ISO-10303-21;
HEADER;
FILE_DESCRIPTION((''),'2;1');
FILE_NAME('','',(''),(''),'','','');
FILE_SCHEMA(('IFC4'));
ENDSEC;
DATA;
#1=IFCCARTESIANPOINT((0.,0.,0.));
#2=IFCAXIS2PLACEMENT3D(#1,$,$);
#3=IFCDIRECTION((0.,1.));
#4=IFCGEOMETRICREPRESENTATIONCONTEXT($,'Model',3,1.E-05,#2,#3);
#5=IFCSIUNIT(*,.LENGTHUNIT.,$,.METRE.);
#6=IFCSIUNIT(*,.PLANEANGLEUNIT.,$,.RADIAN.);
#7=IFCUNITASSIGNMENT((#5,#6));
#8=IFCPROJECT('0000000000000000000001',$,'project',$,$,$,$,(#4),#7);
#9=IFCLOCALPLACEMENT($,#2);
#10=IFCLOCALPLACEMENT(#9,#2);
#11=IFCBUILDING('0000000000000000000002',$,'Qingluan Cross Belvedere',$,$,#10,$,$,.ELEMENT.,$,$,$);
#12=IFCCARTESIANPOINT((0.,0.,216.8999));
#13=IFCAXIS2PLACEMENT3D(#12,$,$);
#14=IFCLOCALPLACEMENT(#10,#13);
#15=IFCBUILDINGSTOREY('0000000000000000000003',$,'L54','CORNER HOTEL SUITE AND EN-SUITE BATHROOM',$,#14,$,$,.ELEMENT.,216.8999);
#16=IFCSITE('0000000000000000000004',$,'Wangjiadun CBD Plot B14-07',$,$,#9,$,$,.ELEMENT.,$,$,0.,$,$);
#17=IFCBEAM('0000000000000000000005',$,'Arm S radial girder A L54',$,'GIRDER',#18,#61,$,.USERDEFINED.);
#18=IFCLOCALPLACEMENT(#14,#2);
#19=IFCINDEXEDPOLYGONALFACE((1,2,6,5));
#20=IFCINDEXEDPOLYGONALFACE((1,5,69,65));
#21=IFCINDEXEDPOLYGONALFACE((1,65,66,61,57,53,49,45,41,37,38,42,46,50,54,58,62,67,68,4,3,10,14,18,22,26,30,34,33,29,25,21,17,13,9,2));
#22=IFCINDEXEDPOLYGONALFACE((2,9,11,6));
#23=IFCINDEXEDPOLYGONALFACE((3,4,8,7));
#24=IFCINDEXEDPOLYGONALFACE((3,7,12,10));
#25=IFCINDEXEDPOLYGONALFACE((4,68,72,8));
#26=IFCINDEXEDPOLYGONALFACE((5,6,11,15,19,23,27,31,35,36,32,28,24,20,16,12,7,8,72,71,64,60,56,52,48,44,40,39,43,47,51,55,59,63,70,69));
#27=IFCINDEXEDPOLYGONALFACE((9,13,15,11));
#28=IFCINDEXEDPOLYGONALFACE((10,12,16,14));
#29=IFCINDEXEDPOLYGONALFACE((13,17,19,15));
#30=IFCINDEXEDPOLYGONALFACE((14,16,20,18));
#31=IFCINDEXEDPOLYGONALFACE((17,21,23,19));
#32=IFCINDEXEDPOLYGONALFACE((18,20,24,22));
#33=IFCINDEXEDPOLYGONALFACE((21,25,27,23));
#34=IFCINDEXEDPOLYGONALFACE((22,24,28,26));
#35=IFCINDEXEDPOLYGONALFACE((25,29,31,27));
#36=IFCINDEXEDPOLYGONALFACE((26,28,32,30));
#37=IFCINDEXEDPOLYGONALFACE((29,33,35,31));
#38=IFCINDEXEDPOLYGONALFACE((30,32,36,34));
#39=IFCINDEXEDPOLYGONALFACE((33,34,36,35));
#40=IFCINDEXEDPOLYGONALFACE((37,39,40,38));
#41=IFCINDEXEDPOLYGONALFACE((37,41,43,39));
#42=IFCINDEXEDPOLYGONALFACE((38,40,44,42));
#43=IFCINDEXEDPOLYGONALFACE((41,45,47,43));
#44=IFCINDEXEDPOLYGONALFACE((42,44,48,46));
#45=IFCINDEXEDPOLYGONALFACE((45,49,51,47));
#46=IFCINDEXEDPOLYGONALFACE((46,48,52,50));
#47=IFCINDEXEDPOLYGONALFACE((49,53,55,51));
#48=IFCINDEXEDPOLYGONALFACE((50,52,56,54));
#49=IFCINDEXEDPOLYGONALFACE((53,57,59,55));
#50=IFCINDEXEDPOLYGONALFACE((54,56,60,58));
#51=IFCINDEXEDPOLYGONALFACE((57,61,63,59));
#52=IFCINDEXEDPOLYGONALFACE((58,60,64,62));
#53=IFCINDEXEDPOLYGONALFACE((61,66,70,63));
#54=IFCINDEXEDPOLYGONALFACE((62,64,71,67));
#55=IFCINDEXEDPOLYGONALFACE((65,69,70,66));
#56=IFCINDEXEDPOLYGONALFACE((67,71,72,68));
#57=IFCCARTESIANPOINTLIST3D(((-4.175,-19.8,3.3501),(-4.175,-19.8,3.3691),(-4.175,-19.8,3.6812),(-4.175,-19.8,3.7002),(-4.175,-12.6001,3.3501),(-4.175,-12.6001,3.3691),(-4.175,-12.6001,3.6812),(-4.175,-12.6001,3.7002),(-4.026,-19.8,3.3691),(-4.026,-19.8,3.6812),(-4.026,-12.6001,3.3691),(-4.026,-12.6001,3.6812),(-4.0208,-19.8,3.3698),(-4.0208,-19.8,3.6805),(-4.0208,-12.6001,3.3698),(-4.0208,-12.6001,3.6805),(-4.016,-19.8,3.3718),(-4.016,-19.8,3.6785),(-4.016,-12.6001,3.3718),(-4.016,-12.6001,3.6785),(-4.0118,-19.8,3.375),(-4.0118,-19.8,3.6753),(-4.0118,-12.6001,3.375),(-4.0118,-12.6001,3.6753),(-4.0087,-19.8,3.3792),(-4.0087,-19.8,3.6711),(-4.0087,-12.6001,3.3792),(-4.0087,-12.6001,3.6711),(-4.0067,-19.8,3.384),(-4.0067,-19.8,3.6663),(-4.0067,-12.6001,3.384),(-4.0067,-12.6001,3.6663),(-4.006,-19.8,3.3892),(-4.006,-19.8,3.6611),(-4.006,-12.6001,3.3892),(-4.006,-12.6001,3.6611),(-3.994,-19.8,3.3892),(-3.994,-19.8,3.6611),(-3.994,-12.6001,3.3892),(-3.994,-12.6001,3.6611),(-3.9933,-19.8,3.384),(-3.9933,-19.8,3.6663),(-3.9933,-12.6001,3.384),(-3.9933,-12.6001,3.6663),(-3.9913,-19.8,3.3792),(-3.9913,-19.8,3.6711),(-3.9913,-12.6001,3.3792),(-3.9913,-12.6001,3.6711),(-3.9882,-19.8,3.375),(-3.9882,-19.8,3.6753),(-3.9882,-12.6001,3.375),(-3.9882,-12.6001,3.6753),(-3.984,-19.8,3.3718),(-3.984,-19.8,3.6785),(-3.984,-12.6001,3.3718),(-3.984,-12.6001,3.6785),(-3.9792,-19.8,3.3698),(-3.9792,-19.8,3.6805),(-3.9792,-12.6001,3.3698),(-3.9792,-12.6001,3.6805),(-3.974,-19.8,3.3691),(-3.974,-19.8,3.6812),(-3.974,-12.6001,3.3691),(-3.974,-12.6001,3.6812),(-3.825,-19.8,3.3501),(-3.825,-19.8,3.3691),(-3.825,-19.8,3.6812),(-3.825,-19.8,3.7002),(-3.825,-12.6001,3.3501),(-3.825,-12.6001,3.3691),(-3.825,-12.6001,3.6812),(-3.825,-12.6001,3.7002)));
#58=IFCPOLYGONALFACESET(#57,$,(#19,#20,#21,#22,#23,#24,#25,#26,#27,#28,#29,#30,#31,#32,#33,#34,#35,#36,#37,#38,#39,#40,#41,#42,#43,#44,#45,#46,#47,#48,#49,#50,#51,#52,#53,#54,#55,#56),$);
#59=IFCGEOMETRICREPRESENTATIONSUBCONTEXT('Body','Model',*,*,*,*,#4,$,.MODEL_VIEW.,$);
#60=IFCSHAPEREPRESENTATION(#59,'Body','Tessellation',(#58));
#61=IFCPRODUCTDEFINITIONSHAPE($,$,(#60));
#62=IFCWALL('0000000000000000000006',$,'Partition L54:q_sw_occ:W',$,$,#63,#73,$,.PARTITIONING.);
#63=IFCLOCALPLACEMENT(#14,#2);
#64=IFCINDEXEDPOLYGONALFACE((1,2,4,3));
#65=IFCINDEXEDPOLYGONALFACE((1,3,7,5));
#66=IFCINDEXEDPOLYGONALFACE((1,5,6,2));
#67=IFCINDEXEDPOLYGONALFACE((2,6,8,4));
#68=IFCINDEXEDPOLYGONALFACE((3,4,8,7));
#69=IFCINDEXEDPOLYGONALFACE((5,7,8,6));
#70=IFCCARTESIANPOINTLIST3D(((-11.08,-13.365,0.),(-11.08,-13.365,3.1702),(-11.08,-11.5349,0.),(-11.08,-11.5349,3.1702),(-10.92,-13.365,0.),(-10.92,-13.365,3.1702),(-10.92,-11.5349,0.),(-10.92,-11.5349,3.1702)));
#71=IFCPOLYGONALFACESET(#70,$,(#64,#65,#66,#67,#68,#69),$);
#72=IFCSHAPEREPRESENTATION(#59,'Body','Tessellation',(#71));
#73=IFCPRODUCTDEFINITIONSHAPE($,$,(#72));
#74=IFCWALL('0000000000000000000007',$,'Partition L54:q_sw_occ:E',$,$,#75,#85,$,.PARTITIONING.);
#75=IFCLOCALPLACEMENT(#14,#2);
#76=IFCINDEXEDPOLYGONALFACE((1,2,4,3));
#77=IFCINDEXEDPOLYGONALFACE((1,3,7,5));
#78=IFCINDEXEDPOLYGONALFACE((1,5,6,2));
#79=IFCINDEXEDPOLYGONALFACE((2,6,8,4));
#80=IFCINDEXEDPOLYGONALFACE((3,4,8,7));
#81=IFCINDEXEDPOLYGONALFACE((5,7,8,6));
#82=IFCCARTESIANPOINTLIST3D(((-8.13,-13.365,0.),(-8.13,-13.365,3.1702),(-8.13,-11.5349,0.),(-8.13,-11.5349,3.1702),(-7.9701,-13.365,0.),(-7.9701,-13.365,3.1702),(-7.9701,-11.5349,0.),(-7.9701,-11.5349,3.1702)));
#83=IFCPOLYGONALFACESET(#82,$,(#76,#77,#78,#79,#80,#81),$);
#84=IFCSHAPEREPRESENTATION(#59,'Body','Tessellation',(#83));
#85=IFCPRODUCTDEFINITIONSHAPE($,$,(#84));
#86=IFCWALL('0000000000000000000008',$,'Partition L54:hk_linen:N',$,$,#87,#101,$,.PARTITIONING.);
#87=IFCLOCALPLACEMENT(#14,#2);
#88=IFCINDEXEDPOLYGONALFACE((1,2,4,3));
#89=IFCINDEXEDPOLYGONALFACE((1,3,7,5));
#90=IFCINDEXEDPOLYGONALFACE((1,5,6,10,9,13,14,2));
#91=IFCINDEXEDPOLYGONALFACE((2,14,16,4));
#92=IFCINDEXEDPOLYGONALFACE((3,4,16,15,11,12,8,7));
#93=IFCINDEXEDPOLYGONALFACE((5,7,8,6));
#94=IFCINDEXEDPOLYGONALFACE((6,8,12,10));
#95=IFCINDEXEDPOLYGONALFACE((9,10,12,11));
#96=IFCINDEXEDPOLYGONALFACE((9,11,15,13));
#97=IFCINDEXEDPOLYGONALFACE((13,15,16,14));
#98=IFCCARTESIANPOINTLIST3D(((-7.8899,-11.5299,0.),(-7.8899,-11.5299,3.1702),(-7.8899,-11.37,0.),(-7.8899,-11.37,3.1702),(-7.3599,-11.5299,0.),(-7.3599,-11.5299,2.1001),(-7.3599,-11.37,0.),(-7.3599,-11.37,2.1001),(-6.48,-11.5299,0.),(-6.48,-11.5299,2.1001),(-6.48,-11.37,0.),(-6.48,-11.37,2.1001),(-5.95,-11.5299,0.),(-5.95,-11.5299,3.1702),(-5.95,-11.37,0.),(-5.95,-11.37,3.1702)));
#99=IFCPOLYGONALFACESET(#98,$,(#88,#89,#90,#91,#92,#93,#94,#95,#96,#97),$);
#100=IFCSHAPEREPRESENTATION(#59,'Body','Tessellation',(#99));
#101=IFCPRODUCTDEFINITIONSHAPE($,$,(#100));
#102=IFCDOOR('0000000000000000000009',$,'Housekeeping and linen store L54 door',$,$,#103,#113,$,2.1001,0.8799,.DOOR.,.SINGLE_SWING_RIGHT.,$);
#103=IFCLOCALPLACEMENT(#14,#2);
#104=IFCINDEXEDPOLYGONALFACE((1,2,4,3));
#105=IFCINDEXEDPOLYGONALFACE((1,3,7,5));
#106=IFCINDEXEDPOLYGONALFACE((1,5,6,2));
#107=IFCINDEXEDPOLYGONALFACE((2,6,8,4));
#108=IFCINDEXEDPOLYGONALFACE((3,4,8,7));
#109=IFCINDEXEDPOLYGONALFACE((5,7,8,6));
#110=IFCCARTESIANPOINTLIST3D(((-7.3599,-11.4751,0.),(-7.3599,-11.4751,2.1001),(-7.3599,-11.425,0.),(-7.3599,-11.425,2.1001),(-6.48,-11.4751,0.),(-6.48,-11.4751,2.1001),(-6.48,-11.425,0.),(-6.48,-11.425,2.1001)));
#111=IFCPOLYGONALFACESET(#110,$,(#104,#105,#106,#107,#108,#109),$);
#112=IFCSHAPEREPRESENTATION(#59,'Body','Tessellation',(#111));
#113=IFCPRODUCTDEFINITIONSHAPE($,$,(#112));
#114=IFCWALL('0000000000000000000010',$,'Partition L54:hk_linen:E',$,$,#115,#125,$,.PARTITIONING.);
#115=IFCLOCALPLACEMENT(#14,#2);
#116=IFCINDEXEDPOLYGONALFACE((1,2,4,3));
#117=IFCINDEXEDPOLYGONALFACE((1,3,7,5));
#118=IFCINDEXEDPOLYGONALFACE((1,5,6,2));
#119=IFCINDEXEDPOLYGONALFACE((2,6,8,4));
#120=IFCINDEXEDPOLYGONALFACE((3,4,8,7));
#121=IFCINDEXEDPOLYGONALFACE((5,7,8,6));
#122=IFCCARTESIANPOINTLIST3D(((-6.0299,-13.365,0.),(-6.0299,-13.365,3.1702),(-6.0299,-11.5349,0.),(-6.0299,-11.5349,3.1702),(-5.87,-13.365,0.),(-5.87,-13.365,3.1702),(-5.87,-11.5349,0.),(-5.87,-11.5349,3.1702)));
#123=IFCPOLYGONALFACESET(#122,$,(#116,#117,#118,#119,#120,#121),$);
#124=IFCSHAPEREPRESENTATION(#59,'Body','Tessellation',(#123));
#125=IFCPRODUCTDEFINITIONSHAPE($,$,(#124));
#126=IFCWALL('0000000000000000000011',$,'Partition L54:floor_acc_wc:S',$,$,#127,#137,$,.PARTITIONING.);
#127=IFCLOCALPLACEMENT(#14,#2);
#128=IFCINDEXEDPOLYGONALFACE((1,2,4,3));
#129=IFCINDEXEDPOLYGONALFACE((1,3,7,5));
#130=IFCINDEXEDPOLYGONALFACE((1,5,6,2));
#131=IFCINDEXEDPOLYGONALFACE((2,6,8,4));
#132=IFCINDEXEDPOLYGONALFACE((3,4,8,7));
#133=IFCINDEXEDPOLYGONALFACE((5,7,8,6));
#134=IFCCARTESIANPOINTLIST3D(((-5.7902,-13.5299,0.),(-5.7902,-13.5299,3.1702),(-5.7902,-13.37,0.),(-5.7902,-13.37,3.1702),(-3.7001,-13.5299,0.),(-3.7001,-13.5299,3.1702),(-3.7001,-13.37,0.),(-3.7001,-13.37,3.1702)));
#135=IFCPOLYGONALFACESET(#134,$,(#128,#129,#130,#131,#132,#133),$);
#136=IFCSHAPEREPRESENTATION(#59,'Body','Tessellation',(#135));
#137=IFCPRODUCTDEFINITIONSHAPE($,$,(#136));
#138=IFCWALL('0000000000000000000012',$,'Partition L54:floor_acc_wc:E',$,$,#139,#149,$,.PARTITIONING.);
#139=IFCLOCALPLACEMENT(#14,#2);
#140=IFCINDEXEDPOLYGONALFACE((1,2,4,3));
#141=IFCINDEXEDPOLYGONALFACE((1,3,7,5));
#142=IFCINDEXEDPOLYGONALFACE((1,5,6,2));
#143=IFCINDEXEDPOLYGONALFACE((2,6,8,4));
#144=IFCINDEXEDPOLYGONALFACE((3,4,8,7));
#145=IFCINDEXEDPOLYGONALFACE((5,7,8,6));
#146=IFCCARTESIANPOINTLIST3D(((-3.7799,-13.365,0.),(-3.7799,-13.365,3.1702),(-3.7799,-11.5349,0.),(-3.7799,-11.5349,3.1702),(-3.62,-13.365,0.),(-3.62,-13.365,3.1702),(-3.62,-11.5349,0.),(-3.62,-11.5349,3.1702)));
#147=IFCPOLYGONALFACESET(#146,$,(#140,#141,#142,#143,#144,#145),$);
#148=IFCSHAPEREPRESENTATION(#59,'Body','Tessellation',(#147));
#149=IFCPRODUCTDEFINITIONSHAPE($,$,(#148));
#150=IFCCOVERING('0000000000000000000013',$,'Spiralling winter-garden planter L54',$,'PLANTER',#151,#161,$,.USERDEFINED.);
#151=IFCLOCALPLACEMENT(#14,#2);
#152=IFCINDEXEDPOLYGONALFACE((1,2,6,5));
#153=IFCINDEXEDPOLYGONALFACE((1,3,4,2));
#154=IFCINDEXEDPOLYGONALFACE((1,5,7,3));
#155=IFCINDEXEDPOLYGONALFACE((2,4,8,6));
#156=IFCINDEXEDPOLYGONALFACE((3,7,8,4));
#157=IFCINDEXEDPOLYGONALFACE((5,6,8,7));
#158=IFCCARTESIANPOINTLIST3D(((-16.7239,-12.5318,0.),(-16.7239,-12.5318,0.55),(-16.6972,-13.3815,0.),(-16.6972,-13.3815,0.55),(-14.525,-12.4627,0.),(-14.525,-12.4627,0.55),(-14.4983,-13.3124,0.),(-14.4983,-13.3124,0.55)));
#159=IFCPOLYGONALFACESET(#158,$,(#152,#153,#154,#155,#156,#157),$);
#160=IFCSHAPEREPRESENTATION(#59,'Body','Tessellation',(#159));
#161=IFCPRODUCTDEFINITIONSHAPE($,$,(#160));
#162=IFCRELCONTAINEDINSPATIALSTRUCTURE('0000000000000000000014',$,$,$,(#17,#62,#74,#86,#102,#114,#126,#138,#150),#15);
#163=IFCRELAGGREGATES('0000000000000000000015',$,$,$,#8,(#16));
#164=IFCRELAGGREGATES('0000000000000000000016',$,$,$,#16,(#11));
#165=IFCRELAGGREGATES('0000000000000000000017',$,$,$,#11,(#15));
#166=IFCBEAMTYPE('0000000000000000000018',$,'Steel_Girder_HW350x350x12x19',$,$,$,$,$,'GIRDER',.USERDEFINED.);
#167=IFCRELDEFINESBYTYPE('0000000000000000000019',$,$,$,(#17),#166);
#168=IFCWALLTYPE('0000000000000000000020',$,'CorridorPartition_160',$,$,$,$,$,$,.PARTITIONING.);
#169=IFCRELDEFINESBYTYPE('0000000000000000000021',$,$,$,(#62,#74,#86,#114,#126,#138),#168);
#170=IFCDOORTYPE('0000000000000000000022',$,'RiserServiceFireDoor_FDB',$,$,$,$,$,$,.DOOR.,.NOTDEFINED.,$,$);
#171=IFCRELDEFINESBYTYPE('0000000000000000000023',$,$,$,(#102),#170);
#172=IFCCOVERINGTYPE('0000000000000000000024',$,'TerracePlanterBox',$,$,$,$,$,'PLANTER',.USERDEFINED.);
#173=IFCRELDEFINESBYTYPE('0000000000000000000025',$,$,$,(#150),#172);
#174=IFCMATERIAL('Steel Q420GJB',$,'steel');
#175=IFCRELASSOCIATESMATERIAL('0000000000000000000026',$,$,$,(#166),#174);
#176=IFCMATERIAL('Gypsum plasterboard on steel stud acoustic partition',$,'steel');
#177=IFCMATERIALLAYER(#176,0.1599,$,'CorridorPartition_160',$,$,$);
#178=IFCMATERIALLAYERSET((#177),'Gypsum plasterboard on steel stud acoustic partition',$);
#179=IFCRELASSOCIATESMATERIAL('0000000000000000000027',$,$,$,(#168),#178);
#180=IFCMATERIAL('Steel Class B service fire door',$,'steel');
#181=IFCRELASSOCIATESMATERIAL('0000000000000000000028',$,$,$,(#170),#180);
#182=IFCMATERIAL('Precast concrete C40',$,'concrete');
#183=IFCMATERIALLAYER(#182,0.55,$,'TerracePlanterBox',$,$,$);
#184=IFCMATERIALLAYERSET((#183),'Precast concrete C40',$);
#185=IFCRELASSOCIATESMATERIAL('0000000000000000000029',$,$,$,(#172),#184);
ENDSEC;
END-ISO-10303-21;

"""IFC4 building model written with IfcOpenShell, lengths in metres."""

from ifc_helpers import new_model, si_unit, direction, frame, frame_2d, origin, origin_2d, place, context, subcontext, project, spatial, rectangle, i_section, extrude, material, layer, layer_set, material_profile, profile_set, type_object, element, fill, save


model = new_model("IFC4")

# Units and contexts
model_context = context("Model", 3, precision=1e-05, world=origin(), true_north=direction((0.0, 1.0)))
body_context = subcontext(model_context, "Body", "Model", "MODEL_VIEW")
ifc_project = project(units=[si_unit("LENGTHUNIT", "METRE"), si_unit("PLANEANGLEUNIT", "RADIAN")], contexts=[model_context])

# Site, building, storey
site_placement = place(None, origin())
site = spatial("IfcSite", under=ifc_project, at=site_placement, Name="Wangjiadun CBD Plot B14-07", CompositionType="ELEMENT", RefElevation=0.0)
building_placement = place(site_placement, origin())
building = spatial("IfcBuilding", under=site, at=building_placement, Name="Qingluan Cross Belvedere", CompositionType="ELEMENT")
storey_placement = place(building_placement, frame((0.0, 0.0, 216.8999)))
storey = spatial("IfcBuildingStorey", under=building, at=storey_placement, Name="L54", Description="CORNER HOTEL SUITE AND EN-SUITE BATHROOM", CompositionType="ELEMENT", Elevation=216.8999)

# Beam
ifc_material_1 = material(Name="Steel Q420GJB", Category="steel")
ifc_material_profile_1 = material_profile(ifc_material_1, i_section(OverallWidth=0.3501, OverallDepth=0.3501, WebThickness=0.012, FlangeThickness=0.019, FilletRadius=0.02, at=origin_2d()), Name="HW350x350x12x19")
ifc_profile_set_1 = profile_set([ifc_material_profile_1], Name="Steel Q420GJB")
beam_type_1 = type_object("IfcBeamType", Name="Steel_Girder_HW350x350x12x19", ElementType="GIRDER", PredefinedType="USERDEFINED", material=ifc_profile_set_1)
beam_1_placement = place(storey_placement, frame((-4.0, -12.6001, 3.5251), z_axis=(0.0, -1.0, 0.0), x_axis=(1.0, 0.0, 0.0)))
element("IfcBeam", 1, at=beam_1_placement, inside=storey, type_object=beam_type_1, Name="Arm S radial girder A L54", ObjectType="GIRDER", PredefinedType="USERDEFINED", context=body_context, shape_type="SweptSolid", body=[
    extrude(i_section(OverallWidth=0.3501, OverallDepth=0.3501, WebThickness=0.012, FlangeThickness=0.019, FilletRadius=0.02, at=origin_2d()), origin(), (0.0, 0.0, 1.0), 7.2),
])

# Shared definitions
ifc_material_2 = material(Name="Gypsum plasterboard on steel stud acoustic partition", Category="steel")
ifc_layer_1 = layer(ifc_material_2, 0.1599, Name="CorridorPartition_160")
ifc_layer_set_1 = layer_set([ifc_layer_1], Name="Gypsum plasterboard on steel stud acoustic partition")
wall_type = type_object("IfcWallType", Name="CorridorPartition_160", PredefinedType="PARTITIONING", material=ifc_layer_set_1)

# Walls
for number, where, z_axis, x_axis, name in (
    (2, (-11.0, -13.365, 0.0), (0.0, 0.0, 1.0), (0.0, 1.0, 0.0), "Partition L54:q_sw_occ:W"),
    (3, (-8.05, -13.365, 0.0), (0.0, 0.0, 1.0), (0.0, 1.0, 0.0), "Partition L54:q_sw_occ:E"),
):
    element("IfcWall", number, at=place(storey_placement, frame(where, z_axis=z_axis, x_axis=x_axis)), inside=storey, type_object=wall_type, Name=name, PredefinedType="PARTITIONING", context=body_context, shape_type="SweptSolid", body=[
        extrude(rectangle(XDim=1.8301, YDim=0.1599, at=frame_2d((0.915, 0.0))), origin(), (0.0, 0.0, 1.0), 3.1702),
    ])

# Wall, opening, door
wall_1_placement = place(storey_placement, frame((-7.8899, -11.45, 0.0), z_axis=(0.0, 0.0, 1.0), x_axis=(1.0, 0.0, 0.0)))
wall_1 = element("IfcWall", 4, at=wall_1_placement, inside=storey, type_object=wall_type, Name="Partition L54:hk_linen:N", PredefinedType="PARTITIONING", context=body_context, shape_type="SweptSolid", body=[
    extrude(rectangle(XDim=1.9399, YDim=0.1599, at=frame_2d((0.97, 0.0))), origin(), (0.0, 0.0, 1.0), 3.1702),
])
opening_1_placement = place(wall_1_placement, frame((0.53, 0.0, 0.0)))
opening_1 = element("IfcOpeningElement", 5, at=opening_1_placement, cuts=wall_1, PredefinedType="OPENING", context=body_context, shape_type="SweptSolid", body=[
    extrude(rectangle(XDim=0.8799, YDim=2.1001, at=frame_2d((0.4399, 1.05))), frame((0.0, 0.0898, 0.0), z_axis=(0.0, -1.0, 0.0), x_axis=(1.0, 0.0, 0.0)), (0.0, 0.0, 1.0), 0.1799),
])
ifc_material_3 = material(Name="Steel Class B service fire door", Category="steel")
door_type_1 = type_object("IfcDoorType", Name="RiserServiceFireDoor_FDB", OperationType="NOTDEFINED", PredefinedType="DOOR", material=ifc_material_3)
door_1_placement = place(opening_1_placement, origin())
door_1 = element("IfcDoor", 6, at=door_1_placement, inside=storey, type_object=door_type_1, Name="Housekeeping and linen store L54 door", OperationType="SINGLE_SWING_RIGHT", OverallHeight=2.1001, OverallWidth=0.8799, PredefinedType="DOOR", context=body_context, shape_type="SweptSolid", body=[
    extrude(rectangle(XDim=0.8799, YDim=2.1001, at=frame_2d((0.4399, 1.05))), frame((0.0, 0.0249, 0.0), z_axis=(0.0, -1.0, 0.0), x_axis=(1.0, 0.0, 0.0)), (0.0, 0.0, 1.0), 0.05),
])
fill(opening_1, door_1)

# Walls
wall_2_placement = place(storey_placement, frame((-5.95, -13.365, 0.0), z_axis=(0.0, 0.0, 1.0), x_axis=(0.0, 1.0, 0.0)))
element("IfcWall", 7, at=wall_2_placement, inside=storey, type_object=wall_type, Name="Partition L54:hk_linen:E", PredefinedType="PARTITIONING", context=body_context, shape_type="SweptSolid", body=[
    extrude(rectangle(XDim=1.8301, YDim=0.1599, at=frame_2d((0.915, 0.0))), origin(), (0.0, 0.0, 1.0), 3.1702),
])
wall_3_placement = place(storey_placement, frame((-5.79, -13.45, 0.0), z_axis=(0.0, 0.0, 1.0), x_axis=(1.0, 0.0, 0.0)))
element("IfcWall", 8, at=wall_3_placement, inside=storey, type_object=wall_type, Name="Partition L54:floor_acc_wc:S", PredefinedType="PARTITIONING", context=body_context, shape_type="SweptSolid", body=[
    extrude(rectangle(XDim=2.0901, YDim=0.1599, at=frame_2d((1.0449, 0.0))), origin(), (0.0, 0.0, 1.0), 3.1702),
])
wall_4_placement = place(storey_placement, frame((-3.7, -13.365, 0.0), z_axis=(0.0, 0.0, 1.0), x_axis=(0.0, 1.0, 0.0)))
element("IfcWall", 9, at=wall_4_placement, inside=storey, type_object=wall_type, Name="Partition L54:floor_acc_wc:E", PredefinedType="PARTITIONING", context=body_context, shape_type="SweptSolid", body=[
    extrude(rectangle(XDim=1.8301, YDim=0.1599, at=frame_2d((0.915, 0.0))), origin(), (0.0, 0.0, 1.0), 3.1702),
])

# Covering
ifc_material_4 = material(Name="Precast concrete C40", Category="concrete")
ifc_layer_2 = layer(ifc_material_4, 0.55, Name="TerracePlanterBox")
ifc_layer_set_2 = layer_set([ifc_layer_2], Name="Precast concrete C40")
covering_type = type_object("IfcCoveringType", Name="TerracePlanterBox", ElementType="PLANTER", PredefinedType="USERDEFINED", material=ifc_layer_set_2)
covering_placement = place(storey_placement, frame((-15.6111, -12.9221, 0.0), z_axis=(0.0, 0.0, 1.0), x_axis=(0.999507, 0.031411, 0.0)))
element("IfcCovering", 10, at=covering_placement, inside=storey, type_object=covering_type, Name="Spiralling winter-garden planter L54", ObjectType="PLANTER", PredefinedType="USERDEFINED", context=body_context, shape_type="SweptSolid", body=[
    extrude(rectangle(XDim=2.2, YDim=0.8501, at=origin_2d()), origin(), (0.0, 0.0, 1.0), 0.55),
])

save(model, "model.ifc")
